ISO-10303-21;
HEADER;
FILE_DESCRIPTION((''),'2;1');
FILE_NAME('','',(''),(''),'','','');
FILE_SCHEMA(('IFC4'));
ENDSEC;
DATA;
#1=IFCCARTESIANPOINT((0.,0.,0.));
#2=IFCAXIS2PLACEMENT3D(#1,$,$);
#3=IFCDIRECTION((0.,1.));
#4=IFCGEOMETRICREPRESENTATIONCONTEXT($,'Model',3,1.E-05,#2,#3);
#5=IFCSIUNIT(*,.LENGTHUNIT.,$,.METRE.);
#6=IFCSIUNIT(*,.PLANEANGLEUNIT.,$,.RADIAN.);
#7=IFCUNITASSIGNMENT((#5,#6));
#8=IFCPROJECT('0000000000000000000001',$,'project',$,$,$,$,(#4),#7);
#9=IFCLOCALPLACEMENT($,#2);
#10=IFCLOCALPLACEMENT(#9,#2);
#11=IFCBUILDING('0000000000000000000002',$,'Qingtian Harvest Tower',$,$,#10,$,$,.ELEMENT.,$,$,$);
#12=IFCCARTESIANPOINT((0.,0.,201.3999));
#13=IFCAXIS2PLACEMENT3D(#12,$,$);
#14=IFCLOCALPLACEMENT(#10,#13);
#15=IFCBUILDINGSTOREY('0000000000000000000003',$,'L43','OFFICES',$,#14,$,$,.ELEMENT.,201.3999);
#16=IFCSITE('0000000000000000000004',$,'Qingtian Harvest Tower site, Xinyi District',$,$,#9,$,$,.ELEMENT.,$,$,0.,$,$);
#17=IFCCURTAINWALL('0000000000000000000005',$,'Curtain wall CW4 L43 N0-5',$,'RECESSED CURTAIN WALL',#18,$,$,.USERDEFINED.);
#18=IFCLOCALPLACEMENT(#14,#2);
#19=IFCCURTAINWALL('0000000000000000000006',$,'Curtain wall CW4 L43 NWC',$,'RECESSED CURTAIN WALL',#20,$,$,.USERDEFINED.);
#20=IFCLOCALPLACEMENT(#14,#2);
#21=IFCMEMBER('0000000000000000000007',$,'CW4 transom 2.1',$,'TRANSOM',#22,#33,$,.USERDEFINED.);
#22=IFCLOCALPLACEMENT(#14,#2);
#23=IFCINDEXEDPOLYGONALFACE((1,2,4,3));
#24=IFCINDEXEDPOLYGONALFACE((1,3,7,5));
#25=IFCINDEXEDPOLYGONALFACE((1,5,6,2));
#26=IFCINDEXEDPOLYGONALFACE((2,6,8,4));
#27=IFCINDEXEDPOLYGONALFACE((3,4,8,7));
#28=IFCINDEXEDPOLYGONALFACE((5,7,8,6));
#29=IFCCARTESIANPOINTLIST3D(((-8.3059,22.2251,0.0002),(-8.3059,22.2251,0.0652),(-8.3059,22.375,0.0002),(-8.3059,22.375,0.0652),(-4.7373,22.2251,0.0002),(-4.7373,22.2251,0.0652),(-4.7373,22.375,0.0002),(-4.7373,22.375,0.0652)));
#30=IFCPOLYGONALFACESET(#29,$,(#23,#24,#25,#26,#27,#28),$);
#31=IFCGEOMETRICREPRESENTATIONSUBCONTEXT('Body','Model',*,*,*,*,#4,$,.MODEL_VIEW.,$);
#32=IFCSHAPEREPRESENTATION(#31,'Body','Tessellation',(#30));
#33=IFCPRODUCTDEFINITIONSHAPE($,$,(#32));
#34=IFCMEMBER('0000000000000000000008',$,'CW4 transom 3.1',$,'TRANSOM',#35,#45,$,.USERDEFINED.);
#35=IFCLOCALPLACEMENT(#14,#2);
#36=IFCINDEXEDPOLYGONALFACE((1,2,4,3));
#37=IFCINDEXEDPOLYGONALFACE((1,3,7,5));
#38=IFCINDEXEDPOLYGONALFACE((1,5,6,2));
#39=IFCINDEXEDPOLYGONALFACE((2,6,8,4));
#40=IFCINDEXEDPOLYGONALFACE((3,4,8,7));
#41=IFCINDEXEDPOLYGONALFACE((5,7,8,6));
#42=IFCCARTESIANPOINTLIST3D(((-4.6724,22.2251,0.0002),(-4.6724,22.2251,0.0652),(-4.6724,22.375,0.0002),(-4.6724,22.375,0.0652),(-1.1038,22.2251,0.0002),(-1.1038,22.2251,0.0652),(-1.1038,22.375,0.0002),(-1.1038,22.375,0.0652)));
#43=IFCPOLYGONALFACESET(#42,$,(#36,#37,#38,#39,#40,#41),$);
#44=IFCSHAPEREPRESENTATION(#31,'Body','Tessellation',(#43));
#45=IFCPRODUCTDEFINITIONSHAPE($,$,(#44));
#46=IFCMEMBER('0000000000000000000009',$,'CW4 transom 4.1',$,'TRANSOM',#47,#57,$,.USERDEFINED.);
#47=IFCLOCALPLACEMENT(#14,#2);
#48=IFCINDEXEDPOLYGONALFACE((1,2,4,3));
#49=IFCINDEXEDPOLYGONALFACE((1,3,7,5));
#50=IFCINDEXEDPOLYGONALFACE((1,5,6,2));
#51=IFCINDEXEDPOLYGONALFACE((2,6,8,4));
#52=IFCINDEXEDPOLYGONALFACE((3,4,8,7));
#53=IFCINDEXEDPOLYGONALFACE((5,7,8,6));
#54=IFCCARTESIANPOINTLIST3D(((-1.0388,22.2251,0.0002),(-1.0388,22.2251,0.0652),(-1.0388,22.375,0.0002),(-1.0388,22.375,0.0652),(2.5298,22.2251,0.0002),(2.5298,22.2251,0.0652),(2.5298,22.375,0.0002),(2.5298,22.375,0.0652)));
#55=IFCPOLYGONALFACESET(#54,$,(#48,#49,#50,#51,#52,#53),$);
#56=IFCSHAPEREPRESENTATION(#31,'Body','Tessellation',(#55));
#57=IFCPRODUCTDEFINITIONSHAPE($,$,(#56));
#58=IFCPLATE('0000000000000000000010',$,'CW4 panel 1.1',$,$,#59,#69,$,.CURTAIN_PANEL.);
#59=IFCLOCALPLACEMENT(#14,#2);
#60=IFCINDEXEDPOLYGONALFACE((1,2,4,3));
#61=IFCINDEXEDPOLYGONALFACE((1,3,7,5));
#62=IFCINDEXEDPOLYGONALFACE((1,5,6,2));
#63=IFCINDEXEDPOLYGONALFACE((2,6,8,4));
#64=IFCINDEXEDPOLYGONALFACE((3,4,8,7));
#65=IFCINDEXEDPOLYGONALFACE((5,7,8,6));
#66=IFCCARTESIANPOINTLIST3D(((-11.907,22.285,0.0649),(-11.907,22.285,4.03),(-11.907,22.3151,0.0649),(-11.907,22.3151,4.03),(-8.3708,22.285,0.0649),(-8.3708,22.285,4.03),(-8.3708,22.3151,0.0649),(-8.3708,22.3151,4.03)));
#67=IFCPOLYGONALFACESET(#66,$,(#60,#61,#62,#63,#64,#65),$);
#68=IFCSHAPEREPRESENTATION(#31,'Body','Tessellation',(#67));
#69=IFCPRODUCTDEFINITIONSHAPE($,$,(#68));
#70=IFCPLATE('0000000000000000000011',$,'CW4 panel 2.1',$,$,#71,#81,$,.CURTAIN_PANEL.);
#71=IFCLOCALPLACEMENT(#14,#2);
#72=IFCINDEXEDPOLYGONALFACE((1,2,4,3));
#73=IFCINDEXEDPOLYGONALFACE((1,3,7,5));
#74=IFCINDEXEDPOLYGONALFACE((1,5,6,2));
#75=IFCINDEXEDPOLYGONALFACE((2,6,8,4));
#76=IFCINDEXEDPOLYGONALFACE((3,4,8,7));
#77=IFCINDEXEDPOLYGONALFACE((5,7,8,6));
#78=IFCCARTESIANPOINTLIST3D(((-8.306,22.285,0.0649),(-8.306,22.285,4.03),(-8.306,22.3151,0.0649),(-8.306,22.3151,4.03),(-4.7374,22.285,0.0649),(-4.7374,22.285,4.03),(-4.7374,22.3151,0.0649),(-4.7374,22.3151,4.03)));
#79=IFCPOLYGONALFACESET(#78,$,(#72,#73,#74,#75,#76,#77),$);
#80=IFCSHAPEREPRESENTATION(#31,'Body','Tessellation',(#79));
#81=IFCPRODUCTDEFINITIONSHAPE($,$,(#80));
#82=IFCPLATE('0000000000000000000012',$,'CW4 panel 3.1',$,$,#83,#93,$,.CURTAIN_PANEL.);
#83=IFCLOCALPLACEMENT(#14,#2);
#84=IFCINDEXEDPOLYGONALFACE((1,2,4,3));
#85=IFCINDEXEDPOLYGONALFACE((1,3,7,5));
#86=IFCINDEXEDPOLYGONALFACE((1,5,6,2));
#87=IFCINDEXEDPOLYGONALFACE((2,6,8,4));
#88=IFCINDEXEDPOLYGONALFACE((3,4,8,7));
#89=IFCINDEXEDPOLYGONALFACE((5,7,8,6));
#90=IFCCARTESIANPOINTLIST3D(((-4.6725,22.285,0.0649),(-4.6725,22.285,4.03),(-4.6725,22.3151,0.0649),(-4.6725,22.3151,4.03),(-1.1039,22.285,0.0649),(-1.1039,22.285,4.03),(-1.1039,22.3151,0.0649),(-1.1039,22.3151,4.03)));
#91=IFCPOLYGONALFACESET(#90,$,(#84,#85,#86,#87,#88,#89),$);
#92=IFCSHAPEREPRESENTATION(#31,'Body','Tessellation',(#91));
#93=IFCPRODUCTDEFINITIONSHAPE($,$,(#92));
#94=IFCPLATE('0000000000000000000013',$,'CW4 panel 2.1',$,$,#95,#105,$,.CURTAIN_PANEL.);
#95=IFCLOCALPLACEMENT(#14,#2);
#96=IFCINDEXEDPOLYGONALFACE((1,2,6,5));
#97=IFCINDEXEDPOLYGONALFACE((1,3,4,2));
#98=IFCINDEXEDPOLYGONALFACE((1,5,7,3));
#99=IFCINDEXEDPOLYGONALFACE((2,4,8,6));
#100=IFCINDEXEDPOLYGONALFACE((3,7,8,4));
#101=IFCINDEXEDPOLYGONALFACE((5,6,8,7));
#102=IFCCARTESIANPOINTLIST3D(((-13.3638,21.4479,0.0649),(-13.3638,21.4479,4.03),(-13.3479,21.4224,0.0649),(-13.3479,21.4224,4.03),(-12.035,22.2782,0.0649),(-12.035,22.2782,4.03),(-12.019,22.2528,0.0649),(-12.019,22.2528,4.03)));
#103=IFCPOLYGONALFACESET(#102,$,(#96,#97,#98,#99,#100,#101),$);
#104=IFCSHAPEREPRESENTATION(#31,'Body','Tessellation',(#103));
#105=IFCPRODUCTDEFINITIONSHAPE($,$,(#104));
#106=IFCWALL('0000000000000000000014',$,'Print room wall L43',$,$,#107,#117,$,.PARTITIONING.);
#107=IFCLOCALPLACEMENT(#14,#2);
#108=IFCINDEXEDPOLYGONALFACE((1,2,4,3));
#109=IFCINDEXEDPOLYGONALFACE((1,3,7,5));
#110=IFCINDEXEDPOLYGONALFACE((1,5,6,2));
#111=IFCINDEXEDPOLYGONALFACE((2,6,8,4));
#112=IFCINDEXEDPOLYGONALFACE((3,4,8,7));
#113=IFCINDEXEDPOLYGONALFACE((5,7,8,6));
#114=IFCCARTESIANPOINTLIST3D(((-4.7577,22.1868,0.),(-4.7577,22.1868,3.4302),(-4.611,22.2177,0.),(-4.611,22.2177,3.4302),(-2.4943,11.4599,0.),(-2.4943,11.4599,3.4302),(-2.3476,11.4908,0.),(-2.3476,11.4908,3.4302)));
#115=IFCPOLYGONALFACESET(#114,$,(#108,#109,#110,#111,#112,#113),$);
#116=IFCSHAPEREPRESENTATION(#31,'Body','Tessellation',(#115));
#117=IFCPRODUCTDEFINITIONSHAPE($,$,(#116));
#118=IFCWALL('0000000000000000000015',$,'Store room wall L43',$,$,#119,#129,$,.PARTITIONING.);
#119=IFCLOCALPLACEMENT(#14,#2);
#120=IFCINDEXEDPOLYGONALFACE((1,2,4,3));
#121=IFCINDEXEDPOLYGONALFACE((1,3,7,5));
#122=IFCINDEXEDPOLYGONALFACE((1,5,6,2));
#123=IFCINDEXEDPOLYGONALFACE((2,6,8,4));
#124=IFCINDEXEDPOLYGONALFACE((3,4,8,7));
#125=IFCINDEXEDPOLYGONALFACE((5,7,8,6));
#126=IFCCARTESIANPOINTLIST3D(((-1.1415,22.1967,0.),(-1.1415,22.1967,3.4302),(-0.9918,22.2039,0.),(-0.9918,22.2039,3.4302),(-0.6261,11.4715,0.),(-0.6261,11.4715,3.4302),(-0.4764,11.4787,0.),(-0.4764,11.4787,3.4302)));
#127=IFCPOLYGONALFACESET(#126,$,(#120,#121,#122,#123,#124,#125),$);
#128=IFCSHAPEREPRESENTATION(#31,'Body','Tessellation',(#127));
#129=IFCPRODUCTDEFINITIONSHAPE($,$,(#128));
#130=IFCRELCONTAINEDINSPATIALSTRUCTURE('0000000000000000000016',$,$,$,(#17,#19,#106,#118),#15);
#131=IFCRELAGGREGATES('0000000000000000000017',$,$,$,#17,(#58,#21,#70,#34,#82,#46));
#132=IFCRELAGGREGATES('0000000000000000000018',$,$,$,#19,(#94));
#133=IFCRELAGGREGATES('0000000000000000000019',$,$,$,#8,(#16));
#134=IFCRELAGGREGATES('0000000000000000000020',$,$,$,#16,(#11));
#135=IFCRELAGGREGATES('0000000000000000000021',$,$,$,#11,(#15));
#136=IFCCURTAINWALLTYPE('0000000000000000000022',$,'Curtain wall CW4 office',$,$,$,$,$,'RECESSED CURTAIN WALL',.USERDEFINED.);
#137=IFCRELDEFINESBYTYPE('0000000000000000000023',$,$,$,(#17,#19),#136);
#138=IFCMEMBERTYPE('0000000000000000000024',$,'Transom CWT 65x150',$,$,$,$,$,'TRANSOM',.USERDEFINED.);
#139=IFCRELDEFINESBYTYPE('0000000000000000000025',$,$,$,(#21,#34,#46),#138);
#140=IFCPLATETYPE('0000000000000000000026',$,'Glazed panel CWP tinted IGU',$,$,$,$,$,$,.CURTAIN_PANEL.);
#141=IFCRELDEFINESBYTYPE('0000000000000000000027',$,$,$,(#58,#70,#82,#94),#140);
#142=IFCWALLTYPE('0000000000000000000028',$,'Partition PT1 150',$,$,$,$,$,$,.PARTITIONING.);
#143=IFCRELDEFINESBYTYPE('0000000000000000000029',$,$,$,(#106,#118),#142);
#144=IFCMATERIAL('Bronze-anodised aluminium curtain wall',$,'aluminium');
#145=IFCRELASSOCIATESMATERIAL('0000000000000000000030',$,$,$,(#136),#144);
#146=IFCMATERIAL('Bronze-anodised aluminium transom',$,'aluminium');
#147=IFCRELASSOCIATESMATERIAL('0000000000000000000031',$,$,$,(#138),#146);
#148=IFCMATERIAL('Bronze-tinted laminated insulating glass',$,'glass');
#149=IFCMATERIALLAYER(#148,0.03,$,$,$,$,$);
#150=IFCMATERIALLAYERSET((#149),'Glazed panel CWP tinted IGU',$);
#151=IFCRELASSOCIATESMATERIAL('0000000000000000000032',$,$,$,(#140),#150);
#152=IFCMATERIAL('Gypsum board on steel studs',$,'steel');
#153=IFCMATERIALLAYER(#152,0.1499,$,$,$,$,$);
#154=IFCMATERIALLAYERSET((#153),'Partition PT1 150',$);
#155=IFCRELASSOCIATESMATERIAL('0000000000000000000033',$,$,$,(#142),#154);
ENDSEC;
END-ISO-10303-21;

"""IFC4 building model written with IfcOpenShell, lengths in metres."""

from ifc_helpers import new_model, si_unit, direction, frame, frame_2d, origin, origin_2d, place, context, subcontext, project, spatial, rectangle, extrude, material, layer, layer_set, material_profile, profile_set, type_object, element, aggregate, save


model = new_model("IFC4")

# Units and contexts
model_context = context("Model", 3, precision=1e-05, world=origin(), true_north=direction((0.0, 1.0)))
body_context = subcontext(model_context, "Body", "Model", "MODEL_VIEW")
ifc_project = project(units=[si_unit("LENGTHUNIT", "METRE"), si_unit("PLANEANGLEUNIT", "RADIAN")], contexts=[model_context])

# Site, building, storey
site_placement = place(None, origin())
site = spatial("IfcSite", under=ifc_project, at=site_placement, Name="Qingtian Harvest Tower site, Xinyi District", CompositionType="ELEMENT", RefElevation=0.0)
building_placement = place(site_placement, origin())
building = spatial("IfcBuilding", under=site, at=building_placement, Name="Qingtian Harvest Tower", CompositionType="ELEMENT")
storey_placement = place(building_placement, frame((0.0, 0.0, 201.3999)))
storey = spatial("IfcBuildingStorey", under=building, at=storey_placement, Name="L43", Description="OFFICES", CompositionType="ELEMENT", Elevation=201.3999)

# Curtain wall
ifc_material_1 = material(Name="Bronze-anodised aluminium curtain wall", Category="aluminium")
curtain_wall_type = type_object("IfcCurtainWallType", Name="Curtain wall CW4 office", ElementType="RECESSED CURTAIN WALL", PredefinedType="USERDEFINED", material=ifc_material_1)
curtain_wall_1_placement = place(storey_placement, origin())
curtain_wall_1 = element("IfcCurtainWall", 1, at=curtain_wall_1_placement, inside=storey, type_object=curtain_wall_type, Name="Curtain wall CW4 L43 N0-5", ObjectType="RECESSED CURTAIN WALL", PredefinedType="USERDEFINED")

# Curtain wall
curtain_wall_2_placement = place(storey_placement, origin())
curtain_wall_2 = element("IfcCurtainWall", 2, at=curtain_wall_2_placement, inside=storey, type_object=curtain_wall_type, Name="Curtain wall CW4 L43 NWC", ObjectType="RECESSED CURTAIN WALL", PredefinedType="USERDEFINED")

# Members
ifc_material_2 = material(Name="Bronze-anodised aluminium transom", Category="aluminium")
ifc_material_profile_1 = material_profile(ifc_material_2, rectangle(XDim=0.1499, YDim=0.0649, at=origin_2d()), Name="AL 65x150")
ifc_profile_set_1 = profile_set([ifc_material_profile_1], Name="Bronze-anodised aluminium transom")
member_type_1 = type_object("IfcMemberType", Name="Transom CWT 65x150", ElementType="TRANSOM", PredefinedType="USERDEFINED", material=ifc_profile_set_1)
member_1_placement = place(storey_placement, frame((-8.3059, 22.3, 0.0327), z_axis=(1.0, 0.0, 0.0), x_axis=(0.0, 1.0, 0.0)))
member_1 = element("IfcMember", 3, at=member_1_placement, type_object=member_type_1, Name="CW4 transom 2.1", ObjectType="TRANSOM", PredefinedType="USERDEFINED", context=body_context, shape_type="SweptSolid", body=[
    extrude(rectangle(XDim=0.1499, YDim=0.0649, at=origin_2d()), origin(), (0.0, 0.0, 1.0), 3.5686),
])
member_2_placement = place(storey_placement, frame((-4.6724, 22.3, 0.0327), z_axis=(1.0, 0.0, 0.0), x_axis=(0.0, 1.0, 0.0)))
member_2 = element("IfcMember", 4, at=member_2_placement, type_object=member_type_1, Name="CW4 transom 3.1", ObjectType="TRANSOM", PredefinedType="USERDEFINED", context=body_context, shape_type="SweptSolid", body=[
    extrude(rectangle(XDim=0.1499, YDim=0.0649, at=origin_2d()), origin(), (0.0, 0.0, 1.0), 3.5686),
])
member_3_placement = place(storey_placement, frame((-1.0388, 22.3, 0.0327), z_axis=(1.0, 0.0, 0.0), x_axis=(0.0, 1.0, 0.0)))
member_3 = element("IfcMember", 5, at=member_3_placement, type_object=member_type_1, Name="CW4 transom 4.1", ObjectType="TRANSOM", PredefinedType="USERDEFINED", context=body_context, shape_type="SweptSolid", body=[
    extrude(rectangle(XDim=0.1499, YDim=0.0649, at=origin_2d()), origin(), (0.0, 0.0, 1.0), 3.5686),
])

# Plates
ifc_material_3 = material(Name="Bronze-tinted laminated insulating glass", Category="glass")
ifc_layer_1 = layer(ifc_material_3, 0.03)
ifc_layer_set_1 = layer_set([ifc_layer_1], Name="Glazed panel CWP tinted IGU")
plate_type = type_object("IfcPlateType", Name="Glazed panel CWP tinted IGU", PredefinedType="CURTAIN_PANEL", material=ifc_layer_set_1)
plate_1_placement = place(storey_placement, frame((-10.1389, 22.3, 0.0649), z_axis=(0.0, 0.0, 1.0), x_axis=(1.0, 0.0, 0.0)))
plate_1 = element("IfcPlate", 6, at=plate_1_placement, type_object=plate_type, Name="CW4 panel 1.1", PredefinedType="CURTAIN_PANEL", context=body_context, shape_type="SweptSolid", body=[
    extrude(rectangle(XDim=3.5361, YDim=0.03, at=origin_2d()), origin(), (0.0, 0.0, 1.0), 3.9651),
])
plate_2_placement = place(storey_placement, frame((-6.5217, 22.3, 0.0649), z_axis=(0.0, 0.0, 1.0), x_axis=(1.0, 0.0, 0.0)))
plate_2 = element("IfcPlate", 7, at=plate_2_placement, type_object=plate_type, Name="CW4 panel 2.1", PredefinedType="CURTAIN_PANEL", context=body_context, shape_type="SweptSolid", body=[
    extrude(rectangle(XDim=3.5686, YDim=0.03, at=origin_2d()), origin(), (0.0, 0.0, 1.0), 3.9651),
])
plate_3_placement = place(storey_placement, frame((-2.8882, 22.3, 0.0649), z_axis=(0.0, 0.0, 1.0), x_axis=(1.0, 0.0, 0.0)))
plate_3 = element("IfcPlate", 8, at=plate_3_placement, type_object=plate_type, Name="CW4 panel 3.1", PredefinedType="CURTAIN_PANEL", context=body_context, shape_type="SweptSolid", body=[
    extrude(rectangle(XDim=3.5686, YDim=0.03, at=origin_2d()), origin(), (0.0, 0.0, 1.0), 3.9651),
])
aggregate(curtain_wall_1, [plate_1, member_1, plate_2, member_2, plate_3, member_3])
plate_4_placement = place(storey_placement, frame((-12.6914, 21.8503, 0.0649), z_axis=(0.0, 0.0, 1.0), x_axis=(0.848048, 0.529919, 0.0)))
plate_4 = element("IfcPlate", 9, at=plate_4_placement, type_object=plate_type, Name="CW4 panel 2.1", PredefinedType="CURTAIN_PANEL", context=body_context, shape_type="SweptSolid", body=[
    extrude(rectangle(XDim=1.5669, YDim=0.03, at=origin_2d()), origin(), (0.0, 0.0, 1.0), 3.9651),
])
aggregate(curtain_wall_2, [plate_4])

# Walls
ifc_material_4 = material(Name="Gypsum board on steel studs", Category="steel")
ifc_layer_2 = layer(ifc_material_4, 0.1499)
ifc_layer_set_2 = layer_set([ifc_layer_2], Name="Partition PT1 150")
wall_type = type_object("IfcWallType", Name="Partition PT1 150", PredefinedType="PARTITIONING", material=ifc_layer_set_2)
wall_1_placement = place(storey_placement, frame((-4.6843, 22.2021, 0.0), z_axis=(0.0, 0.0, 1.0), x_axis=(0.206456, -0.978456, 0.0)))
element("IfcWall", 10, at=wall_1_placement, inside=storey, type_object=wall_type, Name="Print room wall L43", PredefinedType="PARTITIONING", context=body_context, shape_type="SweptSolid", body=[
    extrude(rectangle(XDim=10.9631, YDim=0.1499, at=frame_2d((5.4814, 0.0))), origin(), (0.0, 0.0, 1.0), 3.4302),
])
wall_2_placement = place(storey_placement, frame((-1.0667, 22.2002, 0.0), z_axis=(0.0, 0.0, 1.0), x_axis=(0.047998, -0.998847, 0.0)))
element("IfcWall", 11, at=wall_2_placement, inside=storey, type_object=wall_type, Name="Store room wall L43", PredefinedType="PARTITIONING", context=body_context, shape_type="SweptSolid", body=[
    extrude(rectangle(XDim=10.7375, YDim=0.1499, at=frame_2d((5.3687, 0.0))), origin(), (0.0, 0.0, 1.0), 3.4302),
])

save(model, "model.ifc")
